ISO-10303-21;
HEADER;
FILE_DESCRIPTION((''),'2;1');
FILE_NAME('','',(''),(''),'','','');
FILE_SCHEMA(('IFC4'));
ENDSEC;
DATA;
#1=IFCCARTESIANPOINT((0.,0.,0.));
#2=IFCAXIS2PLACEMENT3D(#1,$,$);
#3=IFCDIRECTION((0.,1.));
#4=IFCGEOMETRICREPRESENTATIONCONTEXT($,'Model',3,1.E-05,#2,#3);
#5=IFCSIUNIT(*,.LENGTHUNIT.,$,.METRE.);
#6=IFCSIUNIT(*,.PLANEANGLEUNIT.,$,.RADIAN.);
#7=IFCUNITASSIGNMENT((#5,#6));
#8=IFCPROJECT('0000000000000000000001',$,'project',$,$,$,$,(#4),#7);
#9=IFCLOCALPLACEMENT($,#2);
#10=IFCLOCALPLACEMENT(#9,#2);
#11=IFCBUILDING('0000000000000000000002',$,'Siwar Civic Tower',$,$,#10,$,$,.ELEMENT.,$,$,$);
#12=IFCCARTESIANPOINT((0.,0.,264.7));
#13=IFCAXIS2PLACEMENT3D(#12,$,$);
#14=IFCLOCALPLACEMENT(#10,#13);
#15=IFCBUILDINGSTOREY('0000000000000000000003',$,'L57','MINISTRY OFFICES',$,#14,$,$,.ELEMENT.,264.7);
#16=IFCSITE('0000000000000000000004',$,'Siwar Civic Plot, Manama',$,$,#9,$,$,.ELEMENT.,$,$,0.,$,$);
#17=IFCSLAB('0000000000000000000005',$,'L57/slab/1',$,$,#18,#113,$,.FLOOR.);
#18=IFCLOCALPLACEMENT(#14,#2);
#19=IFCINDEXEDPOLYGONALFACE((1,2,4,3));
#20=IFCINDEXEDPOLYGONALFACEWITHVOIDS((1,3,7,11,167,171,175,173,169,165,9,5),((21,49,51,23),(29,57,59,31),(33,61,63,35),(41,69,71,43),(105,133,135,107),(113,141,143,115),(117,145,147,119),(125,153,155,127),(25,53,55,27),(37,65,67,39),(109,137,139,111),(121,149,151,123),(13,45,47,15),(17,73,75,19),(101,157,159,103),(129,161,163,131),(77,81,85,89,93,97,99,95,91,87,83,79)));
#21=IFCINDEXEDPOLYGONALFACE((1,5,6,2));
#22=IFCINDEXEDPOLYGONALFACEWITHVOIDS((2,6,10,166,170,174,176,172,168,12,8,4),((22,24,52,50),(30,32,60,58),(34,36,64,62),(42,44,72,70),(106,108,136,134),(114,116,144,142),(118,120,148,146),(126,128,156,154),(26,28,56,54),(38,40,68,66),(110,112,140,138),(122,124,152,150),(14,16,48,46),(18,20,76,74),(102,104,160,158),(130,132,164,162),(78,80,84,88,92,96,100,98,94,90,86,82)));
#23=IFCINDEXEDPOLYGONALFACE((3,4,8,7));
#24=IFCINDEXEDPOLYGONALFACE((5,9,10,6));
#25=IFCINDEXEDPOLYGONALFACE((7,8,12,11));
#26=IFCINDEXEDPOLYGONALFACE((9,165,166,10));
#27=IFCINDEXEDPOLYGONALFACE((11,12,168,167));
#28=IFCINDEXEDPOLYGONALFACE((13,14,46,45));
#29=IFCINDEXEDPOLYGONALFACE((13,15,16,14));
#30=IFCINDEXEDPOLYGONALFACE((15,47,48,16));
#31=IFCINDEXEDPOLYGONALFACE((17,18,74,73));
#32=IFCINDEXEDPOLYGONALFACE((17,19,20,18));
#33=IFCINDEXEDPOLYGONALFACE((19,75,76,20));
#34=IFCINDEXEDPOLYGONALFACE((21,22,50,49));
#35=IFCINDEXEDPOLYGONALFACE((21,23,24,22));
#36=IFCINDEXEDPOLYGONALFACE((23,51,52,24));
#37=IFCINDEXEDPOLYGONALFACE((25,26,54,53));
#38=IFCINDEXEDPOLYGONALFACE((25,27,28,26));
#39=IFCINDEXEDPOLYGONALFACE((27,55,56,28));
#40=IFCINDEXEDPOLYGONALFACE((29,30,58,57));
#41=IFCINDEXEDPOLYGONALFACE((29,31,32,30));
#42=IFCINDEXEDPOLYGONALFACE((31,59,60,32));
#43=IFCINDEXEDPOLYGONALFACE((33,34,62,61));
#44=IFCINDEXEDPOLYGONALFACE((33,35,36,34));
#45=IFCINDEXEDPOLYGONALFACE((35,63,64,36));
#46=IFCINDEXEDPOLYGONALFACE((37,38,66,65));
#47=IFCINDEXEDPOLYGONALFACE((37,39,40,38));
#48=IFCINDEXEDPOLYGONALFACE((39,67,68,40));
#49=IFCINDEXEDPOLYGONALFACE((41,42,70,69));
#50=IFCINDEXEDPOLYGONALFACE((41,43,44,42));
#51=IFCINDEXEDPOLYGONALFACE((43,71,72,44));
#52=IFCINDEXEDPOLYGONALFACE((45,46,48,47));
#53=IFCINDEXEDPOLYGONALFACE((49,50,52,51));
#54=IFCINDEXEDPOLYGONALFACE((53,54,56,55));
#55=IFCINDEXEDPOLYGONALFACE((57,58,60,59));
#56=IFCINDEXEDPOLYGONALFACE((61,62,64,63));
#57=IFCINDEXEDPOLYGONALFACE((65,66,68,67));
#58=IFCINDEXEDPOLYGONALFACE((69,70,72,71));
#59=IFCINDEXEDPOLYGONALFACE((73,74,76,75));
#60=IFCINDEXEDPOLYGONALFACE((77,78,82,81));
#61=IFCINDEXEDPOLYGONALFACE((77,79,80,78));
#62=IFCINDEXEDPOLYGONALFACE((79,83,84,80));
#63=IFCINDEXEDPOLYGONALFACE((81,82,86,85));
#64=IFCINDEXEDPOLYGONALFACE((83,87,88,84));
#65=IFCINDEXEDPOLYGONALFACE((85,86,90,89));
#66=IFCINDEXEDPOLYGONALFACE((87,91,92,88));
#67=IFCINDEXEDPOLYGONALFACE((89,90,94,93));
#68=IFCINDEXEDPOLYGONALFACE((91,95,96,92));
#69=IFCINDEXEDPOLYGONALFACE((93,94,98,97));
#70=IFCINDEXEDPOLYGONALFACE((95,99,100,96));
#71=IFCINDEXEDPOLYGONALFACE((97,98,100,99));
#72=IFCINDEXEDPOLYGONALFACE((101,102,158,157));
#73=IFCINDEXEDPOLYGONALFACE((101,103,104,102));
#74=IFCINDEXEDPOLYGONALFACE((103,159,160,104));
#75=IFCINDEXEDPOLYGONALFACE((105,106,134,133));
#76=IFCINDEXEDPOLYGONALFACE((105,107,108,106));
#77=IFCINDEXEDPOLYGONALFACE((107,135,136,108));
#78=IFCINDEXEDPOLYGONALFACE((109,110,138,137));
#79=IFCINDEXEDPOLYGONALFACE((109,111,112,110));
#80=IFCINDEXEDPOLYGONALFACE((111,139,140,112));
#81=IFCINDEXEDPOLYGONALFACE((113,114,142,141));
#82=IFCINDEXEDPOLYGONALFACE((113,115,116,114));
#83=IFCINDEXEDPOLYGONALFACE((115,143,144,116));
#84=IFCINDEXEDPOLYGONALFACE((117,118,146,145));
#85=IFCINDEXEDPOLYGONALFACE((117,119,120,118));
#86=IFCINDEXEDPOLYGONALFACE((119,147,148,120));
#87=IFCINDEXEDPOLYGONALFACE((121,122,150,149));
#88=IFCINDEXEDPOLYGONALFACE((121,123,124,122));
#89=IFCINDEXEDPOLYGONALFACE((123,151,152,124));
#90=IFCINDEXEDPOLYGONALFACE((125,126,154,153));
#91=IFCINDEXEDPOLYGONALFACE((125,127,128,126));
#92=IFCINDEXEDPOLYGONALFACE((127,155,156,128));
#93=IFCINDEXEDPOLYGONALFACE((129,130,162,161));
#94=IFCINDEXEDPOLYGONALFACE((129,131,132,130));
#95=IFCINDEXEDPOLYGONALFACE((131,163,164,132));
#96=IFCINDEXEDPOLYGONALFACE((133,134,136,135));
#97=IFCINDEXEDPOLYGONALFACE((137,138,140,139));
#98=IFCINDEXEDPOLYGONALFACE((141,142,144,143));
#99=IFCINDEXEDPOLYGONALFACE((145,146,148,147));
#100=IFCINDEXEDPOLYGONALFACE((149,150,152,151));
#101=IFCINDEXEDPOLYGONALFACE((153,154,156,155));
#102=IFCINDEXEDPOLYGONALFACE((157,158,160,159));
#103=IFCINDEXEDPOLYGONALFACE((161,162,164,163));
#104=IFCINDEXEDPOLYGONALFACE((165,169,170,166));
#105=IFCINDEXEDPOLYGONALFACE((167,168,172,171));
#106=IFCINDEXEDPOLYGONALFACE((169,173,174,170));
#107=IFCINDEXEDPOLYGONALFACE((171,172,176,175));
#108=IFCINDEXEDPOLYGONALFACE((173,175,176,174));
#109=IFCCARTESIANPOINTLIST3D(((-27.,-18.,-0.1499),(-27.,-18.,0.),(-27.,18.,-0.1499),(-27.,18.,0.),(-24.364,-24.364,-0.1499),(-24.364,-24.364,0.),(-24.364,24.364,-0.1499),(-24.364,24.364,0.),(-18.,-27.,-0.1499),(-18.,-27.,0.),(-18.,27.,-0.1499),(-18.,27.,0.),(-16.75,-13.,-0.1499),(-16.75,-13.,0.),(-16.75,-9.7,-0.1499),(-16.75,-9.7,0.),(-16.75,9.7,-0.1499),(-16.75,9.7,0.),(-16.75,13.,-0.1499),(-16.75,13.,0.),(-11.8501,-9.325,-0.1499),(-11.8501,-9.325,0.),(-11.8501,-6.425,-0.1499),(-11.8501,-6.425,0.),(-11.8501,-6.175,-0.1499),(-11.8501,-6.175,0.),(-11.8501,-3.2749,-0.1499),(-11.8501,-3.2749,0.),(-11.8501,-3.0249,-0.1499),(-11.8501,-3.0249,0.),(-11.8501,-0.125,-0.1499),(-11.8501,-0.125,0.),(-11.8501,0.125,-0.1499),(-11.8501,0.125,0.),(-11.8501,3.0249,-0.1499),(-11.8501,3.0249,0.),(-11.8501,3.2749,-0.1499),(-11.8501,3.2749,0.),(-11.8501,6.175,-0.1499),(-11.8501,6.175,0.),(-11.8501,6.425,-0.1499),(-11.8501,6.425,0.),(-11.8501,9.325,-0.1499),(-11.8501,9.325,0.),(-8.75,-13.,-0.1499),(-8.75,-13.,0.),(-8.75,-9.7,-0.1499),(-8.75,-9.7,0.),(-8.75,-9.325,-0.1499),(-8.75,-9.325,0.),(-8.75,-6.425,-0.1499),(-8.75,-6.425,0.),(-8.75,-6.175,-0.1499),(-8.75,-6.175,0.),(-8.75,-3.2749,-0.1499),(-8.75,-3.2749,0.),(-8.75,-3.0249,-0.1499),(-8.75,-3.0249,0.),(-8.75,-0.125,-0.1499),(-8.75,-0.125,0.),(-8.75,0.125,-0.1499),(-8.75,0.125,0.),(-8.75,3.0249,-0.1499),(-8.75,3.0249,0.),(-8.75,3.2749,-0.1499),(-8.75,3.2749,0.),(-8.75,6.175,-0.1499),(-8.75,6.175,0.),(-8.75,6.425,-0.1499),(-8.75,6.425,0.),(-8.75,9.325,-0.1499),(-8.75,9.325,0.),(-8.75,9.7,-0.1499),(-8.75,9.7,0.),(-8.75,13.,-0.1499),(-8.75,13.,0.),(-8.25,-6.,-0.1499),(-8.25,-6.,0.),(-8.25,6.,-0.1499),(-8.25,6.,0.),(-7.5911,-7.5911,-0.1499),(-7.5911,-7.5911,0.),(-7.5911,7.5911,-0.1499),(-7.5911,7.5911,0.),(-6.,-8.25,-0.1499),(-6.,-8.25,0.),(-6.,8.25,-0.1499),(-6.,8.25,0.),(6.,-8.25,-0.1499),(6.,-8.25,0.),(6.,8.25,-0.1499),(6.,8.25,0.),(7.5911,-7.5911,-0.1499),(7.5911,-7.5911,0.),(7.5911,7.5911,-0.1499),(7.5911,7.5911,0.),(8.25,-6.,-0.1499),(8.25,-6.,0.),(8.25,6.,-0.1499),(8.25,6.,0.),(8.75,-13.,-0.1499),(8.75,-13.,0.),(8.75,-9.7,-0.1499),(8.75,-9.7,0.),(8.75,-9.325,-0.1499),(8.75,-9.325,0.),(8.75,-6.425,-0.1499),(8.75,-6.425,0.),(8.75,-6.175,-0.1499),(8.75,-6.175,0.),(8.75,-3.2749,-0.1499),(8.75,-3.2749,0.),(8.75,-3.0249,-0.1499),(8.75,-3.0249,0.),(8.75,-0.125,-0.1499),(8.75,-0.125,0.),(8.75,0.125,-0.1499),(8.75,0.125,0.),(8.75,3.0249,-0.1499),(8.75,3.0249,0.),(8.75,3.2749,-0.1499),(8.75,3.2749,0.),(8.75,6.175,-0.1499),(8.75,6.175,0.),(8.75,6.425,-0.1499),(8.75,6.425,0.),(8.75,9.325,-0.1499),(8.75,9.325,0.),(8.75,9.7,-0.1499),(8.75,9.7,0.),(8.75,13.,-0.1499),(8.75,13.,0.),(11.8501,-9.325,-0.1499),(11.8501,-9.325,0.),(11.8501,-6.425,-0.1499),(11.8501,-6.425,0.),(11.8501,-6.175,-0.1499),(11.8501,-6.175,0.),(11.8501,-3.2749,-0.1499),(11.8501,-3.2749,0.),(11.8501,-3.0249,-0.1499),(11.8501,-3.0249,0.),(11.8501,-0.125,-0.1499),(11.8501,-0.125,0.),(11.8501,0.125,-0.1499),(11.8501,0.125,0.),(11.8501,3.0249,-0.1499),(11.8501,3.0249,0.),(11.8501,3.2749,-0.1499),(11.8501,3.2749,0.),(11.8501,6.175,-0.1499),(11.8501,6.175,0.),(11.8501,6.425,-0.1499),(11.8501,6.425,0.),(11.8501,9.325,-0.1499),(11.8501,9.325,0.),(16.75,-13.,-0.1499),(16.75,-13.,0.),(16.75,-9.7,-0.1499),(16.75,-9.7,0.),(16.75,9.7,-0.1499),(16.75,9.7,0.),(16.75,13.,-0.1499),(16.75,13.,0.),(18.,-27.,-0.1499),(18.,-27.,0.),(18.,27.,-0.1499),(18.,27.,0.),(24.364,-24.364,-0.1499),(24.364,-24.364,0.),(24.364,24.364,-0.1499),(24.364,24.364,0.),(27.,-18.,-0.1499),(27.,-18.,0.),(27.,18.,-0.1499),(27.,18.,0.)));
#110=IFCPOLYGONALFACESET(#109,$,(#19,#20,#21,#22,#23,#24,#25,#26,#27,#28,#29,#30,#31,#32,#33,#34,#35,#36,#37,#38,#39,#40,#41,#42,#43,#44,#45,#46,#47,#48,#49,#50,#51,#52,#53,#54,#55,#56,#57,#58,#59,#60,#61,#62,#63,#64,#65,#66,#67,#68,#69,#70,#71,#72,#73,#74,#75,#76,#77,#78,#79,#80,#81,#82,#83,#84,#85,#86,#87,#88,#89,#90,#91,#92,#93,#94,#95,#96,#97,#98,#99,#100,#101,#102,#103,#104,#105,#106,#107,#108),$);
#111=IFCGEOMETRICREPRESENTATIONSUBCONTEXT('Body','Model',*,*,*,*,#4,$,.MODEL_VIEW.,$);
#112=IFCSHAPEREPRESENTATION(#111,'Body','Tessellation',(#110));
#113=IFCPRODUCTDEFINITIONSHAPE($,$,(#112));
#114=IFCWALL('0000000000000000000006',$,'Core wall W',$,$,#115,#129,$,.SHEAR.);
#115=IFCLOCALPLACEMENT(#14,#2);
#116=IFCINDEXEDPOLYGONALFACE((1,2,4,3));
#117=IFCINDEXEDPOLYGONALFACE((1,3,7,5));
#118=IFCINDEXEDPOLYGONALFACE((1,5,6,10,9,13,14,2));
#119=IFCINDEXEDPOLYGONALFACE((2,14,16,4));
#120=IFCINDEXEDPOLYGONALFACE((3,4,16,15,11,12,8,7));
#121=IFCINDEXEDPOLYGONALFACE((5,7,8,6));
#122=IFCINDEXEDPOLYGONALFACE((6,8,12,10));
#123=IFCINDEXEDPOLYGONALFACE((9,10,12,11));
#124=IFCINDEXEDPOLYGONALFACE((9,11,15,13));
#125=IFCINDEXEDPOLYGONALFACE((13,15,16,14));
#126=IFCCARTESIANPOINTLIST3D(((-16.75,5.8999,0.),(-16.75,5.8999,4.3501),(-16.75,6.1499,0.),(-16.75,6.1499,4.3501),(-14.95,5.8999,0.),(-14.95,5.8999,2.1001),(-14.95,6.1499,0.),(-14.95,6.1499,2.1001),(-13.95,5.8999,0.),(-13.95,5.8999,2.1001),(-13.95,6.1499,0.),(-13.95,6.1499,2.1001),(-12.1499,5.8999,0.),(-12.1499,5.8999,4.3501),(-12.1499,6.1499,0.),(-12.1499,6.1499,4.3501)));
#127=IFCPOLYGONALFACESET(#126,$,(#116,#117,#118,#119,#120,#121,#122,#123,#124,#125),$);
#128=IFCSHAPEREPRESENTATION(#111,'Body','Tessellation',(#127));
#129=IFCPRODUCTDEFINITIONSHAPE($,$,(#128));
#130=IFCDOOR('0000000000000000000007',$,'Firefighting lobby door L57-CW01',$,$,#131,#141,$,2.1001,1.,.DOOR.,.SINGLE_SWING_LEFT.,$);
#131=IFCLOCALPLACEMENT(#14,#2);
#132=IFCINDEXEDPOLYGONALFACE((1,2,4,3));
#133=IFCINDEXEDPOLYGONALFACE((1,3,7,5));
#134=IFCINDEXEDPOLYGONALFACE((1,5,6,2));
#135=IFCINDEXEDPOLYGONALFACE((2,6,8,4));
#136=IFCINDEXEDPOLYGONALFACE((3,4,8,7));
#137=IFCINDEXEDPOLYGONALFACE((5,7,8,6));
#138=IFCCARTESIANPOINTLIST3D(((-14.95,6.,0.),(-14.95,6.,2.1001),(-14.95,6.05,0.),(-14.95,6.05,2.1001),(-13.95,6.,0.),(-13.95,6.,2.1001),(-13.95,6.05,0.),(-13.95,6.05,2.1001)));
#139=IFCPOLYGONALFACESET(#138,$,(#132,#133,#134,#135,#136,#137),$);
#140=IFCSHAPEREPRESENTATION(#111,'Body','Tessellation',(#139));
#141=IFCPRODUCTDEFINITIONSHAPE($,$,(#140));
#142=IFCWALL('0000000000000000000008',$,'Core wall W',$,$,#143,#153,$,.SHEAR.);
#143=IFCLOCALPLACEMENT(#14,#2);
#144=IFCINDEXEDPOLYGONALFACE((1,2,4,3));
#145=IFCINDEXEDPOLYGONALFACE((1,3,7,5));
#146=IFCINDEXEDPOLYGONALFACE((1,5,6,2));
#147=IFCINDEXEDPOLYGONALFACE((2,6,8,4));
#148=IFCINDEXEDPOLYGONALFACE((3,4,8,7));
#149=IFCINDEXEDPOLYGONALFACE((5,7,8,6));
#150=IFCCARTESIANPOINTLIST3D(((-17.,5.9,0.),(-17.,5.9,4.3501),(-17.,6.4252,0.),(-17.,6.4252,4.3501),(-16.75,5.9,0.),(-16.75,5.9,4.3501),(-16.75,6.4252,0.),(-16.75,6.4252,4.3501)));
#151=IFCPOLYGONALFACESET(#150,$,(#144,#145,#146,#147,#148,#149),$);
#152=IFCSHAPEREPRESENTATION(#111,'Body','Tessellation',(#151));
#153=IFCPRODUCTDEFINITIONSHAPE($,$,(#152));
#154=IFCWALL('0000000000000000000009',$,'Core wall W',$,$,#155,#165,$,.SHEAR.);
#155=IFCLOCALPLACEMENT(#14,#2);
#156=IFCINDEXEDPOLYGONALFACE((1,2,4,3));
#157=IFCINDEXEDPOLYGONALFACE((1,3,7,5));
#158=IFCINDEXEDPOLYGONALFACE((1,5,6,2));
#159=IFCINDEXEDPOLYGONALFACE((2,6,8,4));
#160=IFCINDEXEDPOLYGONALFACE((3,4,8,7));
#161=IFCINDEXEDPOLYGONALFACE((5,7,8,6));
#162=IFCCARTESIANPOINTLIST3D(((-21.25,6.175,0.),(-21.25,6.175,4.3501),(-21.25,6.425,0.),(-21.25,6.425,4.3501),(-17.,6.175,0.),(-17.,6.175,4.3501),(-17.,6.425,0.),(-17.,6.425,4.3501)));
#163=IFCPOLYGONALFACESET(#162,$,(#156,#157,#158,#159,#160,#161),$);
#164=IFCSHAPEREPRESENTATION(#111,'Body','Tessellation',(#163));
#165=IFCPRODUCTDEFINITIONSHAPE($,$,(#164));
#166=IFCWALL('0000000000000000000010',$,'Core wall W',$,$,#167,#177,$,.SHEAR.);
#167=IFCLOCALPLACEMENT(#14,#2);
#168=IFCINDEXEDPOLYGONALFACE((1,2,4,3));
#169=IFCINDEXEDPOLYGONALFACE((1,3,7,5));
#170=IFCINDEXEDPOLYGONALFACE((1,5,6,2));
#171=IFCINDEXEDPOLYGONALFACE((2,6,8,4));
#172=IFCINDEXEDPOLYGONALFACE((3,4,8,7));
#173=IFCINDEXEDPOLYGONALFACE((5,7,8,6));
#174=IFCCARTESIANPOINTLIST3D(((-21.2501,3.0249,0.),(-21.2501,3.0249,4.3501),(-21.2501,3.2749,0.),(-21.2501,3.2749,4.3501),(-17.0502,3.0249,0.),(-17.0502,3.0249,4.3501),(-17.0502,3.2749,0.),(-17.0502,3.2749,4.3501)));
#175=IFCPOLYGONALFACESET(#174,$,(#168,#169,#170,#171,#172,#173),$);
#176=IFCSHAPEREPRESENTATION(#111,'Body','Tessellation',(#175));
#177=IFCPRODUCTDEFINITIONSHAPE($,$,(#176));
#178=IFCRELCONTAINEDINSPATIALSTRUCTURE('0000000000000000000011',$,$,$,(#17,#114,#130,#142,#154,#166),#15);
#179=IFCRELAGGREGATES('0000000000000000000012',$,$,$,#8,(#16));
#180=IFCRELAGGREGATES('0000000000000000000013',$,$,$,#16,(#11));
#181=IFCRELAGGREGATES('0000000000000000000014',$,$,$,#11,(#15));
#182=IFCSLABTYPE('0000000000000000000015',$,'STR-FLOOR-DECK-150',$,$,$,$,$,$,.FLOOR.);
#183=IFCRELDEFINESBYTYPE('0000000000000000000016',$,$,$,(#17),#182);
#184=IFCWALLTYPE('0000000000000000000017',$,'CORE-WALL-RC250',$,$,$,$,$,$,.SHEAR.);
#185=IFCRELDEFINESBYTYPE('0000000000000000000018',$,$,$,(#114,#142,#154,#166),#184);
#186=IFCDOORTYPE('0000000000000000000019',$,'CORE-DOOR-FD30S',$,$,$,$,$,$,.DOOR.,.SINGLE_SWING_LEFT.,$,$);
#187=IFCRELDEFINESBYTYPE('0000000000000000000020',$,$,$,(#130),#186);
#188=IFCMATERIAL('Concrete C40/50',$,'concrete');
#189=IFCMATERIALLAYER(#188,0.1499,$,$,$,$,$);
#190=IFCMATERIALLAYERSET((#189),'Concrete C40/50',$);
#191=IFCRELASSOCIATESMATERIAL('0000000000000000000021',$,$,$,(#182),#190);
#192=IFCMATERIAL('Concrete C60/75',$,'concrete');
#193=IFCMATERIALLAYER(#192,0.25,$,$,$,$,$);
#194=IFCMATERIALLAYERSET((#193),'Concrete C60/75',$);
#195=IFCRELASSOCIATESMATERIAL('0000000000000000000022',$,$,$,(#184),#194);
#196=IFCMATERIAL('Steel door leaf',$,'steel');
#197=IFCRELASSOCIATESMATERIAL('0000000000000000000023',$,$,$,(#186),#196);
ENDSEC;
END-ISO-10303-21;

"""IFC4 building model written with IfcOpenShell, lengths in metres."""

from ifc_helpers import new_model, si_unit, direction, frame, frame_2d, origin, place, context, subcontext, project, spatial, polyline, rectangle, outline, extrude, material, layer, layer_set, type_object, element, fill, save


model = new_model("IFC4")

# Units and contexts
model_context = context("Model", 3, precision=1e-05, world=origin(), true_north=direction((0.0, 1.0)))
body_context = subcontext(model_context, "Body", "Model", "MODEL_VIEW")
ifc_project = project(units=[si_unit("LENGTHUNIT", "METRE"), si_unit("PLANEANGLEUNIT", "RADIAN")], contexts=[model_context])

# Site, building, storey
site_placement = place(None, origin())
site = spatial("IfcSite", under=ifc_project, at=site_placement, Name="Siwar Civic Plot, Manama", CompositionType="ELEMENT", RefElevation=0.0)
building_placement = place(site_placement, origin())
building = spatial("IfcBuilding", under=site, at=building_placement, Name="Siwar Civic Tower", CompositionType="ELEMENT")
storey_placement = place(building_placement, frame((0.0, 0.0, 264.7)))
storey = spatial("IfcBuildingStorey", under=building, at=storey_placement, Name="L57", Description="MINISTRY OFFICES", CompositionType="ELEMENT", Elevation=264.7)

# Slab
ifc_material_1 = material(Name="Concrete C40/50", Category="concrete")
ifc_layer_1 = layer(ifc_material_1, 0.1499)
ifc_layer_set_1 = layer_set([ifc_layer_1], Name="Concrete C40/50")
slab_type_1 = type_object("IfcSlabType", Name="STR-FLOOR-DECK-150", PredefinedType="FLOOR", material=ifc_layer_set_1)
slab_1_placement = place(storey_placement, frame((0.0, 0.0, -0.1499)))
element("IfcSlab", 1, at=slab_1_placement, inside=storey, type_object=slab_type_1, Name="L57/slab/1", PredefinedType="FLOOR", context=body_context, shape_type="SweptSolid", body=[
    extrude(outline(polyline([(-18.0, -27.0), (18.0, -27.0), (24.364, -24.364), (27.0, -18.0), (27.0, 18.0), (24.364, 24.364), (18.0, 27.0), (-18.0, 27.0), (-24.364, 24.364), (-27.0, 18.0), (-27.0, -18.0), (-24.364, -24.364), (-18.0, -27.0)]), holes=[polyline([(16.75, 13.0), (16.75, 9.7), (8.75, 9.7), (8.75, 13.0), (16.75, 13.0)]), polyline([(8.75, -9.7), (16.75, -9.7), (16.75, -13.0), (8.75, -13.0), (8.75, -9.7)]), polyline([(11.8501, 9.325), (11.8501, 6.425), (8.75, 6.425), (8.75, 9.325), (11.8501, 9.325)]), polyline([(8.75, 6.175), (11.8501, 6.175), (11.8501, 3.2749), (8.75, 3.2749), (8.75, 6.175)]), polyline([(8.75, 3.0249), (11.8501, 3.0249), (11.8501, 0.125), (8.75, 0.125), (8.75, 3.0249)]), polyline([(8.75, -0.125), (11.8501, -0.125), (11.8501, -3.0249), (8.75, -3.0249), (8.75, -0.125)]), polyline([(8.75, -3.2749), (11.8501, -3.2749), (11.8501, -6.175), (8.75, -6.175), (8.75, -3.2749)]), polyline([(8.75, -6.425), (11.8501, -6.425), (11.8501, -9.325), (8.75, -9.325), (8.75, -6.425)]), polyline([(-6.0, 8.25), (6.0, 8.25), (7.5911, 7.5911), (8.25, 6.0), (8.25, -6.0), (7.5911, -7.5911), (6.0, -8.25), (-6.0, -8.25), (-7.5911, -7.5911), (-8.25, -6.0), (-8.25, 6.0), (-7.5911, 7.5911), (-6.0, 8.25)]), polyline([(-8.75, -13.0), (-16.75, -13.0), (-16.75, -9.7), (-8.75, -9.7), (-8.75, -13.0)]), polyline([(-8.75, 9.7), (-16.75, 9.7), (-16.75, 13.0), (-8.75, 13.0), (-8.75, 9.7)]), polyline([(-8.75, 6.425), (-11.8501, 6.425), (-11.8501, 9.325), (-8.75, 9.325), (-8.75, 6.425)]), polyline([(-8.75, 3.2749), (-11.8501, 3.2749), (-11.8501, 6.175), (-8.75, 6.175), (-8.75, 3.2749)]), polyline([(-8.75, 0.125), (-11.8501, 0.125), (-11.8501, 3.0249), (-8.75, 3.0249), (-8.75, 0.125)]), polyline([(-8.75, -3.0249), (-11.8501, -3.0249), (-11.8501, -0.125), (-8.75, -0.125), (-8.75, -3.0249)]), polyline([(-8.75, -6.175), (-11.8501, -6.175), (-11.8501, -3.2749), (-8.75, -3.2749), (-8.75, -6.175)]), polyline([(-8.75, -9.325), (-11.8501, -9.325), (-11.8501, -6.425), (-8.75, -6.425), (-8.75, -9.325)])]), origin(), (0.0, 0.0, 1.0), 0.1499),
])

# Wall, opening, door
ifc_material_2 = material(Name="Concrete C60/75", Category="concrete")
ifc_layer_2 = layer(ifc_material_2, 0.25)
ifc_layer_set_2 = layer_set([ifc_layer_2], Name="Concrete C60/75")
wall_type_1 = type_object("IfcWallType", Name="CORE-WALL-RC250", PredefinedType="SHEAR", material=ifc_layer_set_2)
wall_1_placement = place(storey_placement, frame((-12.1499, 6.0249, 0.0), z_axis=(0.0, 0.0, 1.0), x_axis=(-1.0, 0.0, 0.0)))
wall_1 = element("IfcWall", 2, at=wall_1_placement, inside=storey, type_object=wall_type_1, Name="Core wall W", PredefinedType="SHEAR", context=body_context, shape_type="SweptSolid", body=[
    extrude(rectangle(XDim=4.6001, YDim=0.25, at=frame_2d((2.3, 0.0))), origin(), (0.0, 0.0, 1.0), 4.3501),
])
opening_1_placement = place(wall_1_placement, frame((1.8, 0.0, 0.0)))
opening_1 = element("IfcOpeningElement", 3, at=opening_1_placement, cuts=wall_1, PredefinedType="OPENING", context=body_context, shape_type="SweptSolid", body=[
    extrude(rectangle(XDim=1.0, YDim=2.1001, at=frame_2d((0.5, 1.05))), frame((0.0, 0.135, 0.0), z_axis=(0.0, -1.0, 0.0), x_axis=(1.0, 0.0, 0.0)), (0.0, 0.0, 1.0), 0.27),
])
ifc_material_3 = material(Name="Steel door leaf", Category="steel")
door_type_1 = type_object("IfcDoorType", Name="CORE-DOOR-FD30S", OperationType="SINGLE_SWING_LEFT", PredefinedType="DOOR", material=ifc_material_3)
door_1_placement = place(opening_1_placement, origin())
door_1 = element("IfcDoor", 4, at=door_1_placement, inside=storey, type_object=door_type_1, Name="Firefighting lobby door L57-CW01", OperationType="SINGLE_SWING_LEFT", OverallHeight=2.1001, OverallWidth=1.0, PredefinedType="DOOR", context=body_context, shape_type="SweptSolid", body=[
    extrude(rectangle(XDim=1.0, YDim=2.1001, at=frame_2d((0.5, 1.05))), frame((0.0, 0.0249, 0.0), z_axis=(0.0, -1.0, 0.0), x_axis=(1.0, 0.0, 0.0)), (0.0, 0.0, 1.0), 0.05),
])
fill(opening_1, door_1)

# Walls
wall_2_placement = place(storey_placement, frame((-16.875, 5.8999, 0.0), z_axis=(0.0, 0.0, 1.0), x_axis=(0.0, 1.0, 0.0)))
element("IfcWall", 5, at=wall_2_placement, inside=storey, type_object=wall_type_1, Name="Core wall W", PredefinedType="SHEAR", context=body_context, shape_type="SweptSolid", body=[
    extrude(rectangle(XDim=0.5251, YDim=0.25, at=frame_2d((0.2627, 0.0))), origin(), (0.0, 0.0, 1.0), 4.3501),
])
wall_3_placement = place(storey_placement, frame((-17.0, 6.3, 0.0), z_axis=(0.0, 0.0, 1.0), x_axis=(-1.0, 0.0, 0.0)))
element("IfcWall", 6, at=wall_3_placement, inside=storey, type_object=wall_type_1, Name="Core wall W", PredefinedType="SHEAR", context=body_context, shape_type="SweptSolid", body=[
    extrude(rectangle(XDim=4.25, YDim=0.25, at=frame_2d((2.125, 0.0))), origin(), (0.0, 0.0, 1.0), 4.3501),
])
wall_4_placement = place(storey_placement, frame((-17.05, 3.1499, 0.0), z_axis=(0.0, 0.0, 1.0), x_axis=(-1.0, 0.0, 0.0)))
element("IfcWall", 7, at=wall_4_placement, inside=storey, type_object=wall_type_1, Name="Core wall W", PredefinedType="SHEAR", context=body_context, shape_type="SweptSolid", body=[
    extrude(rectangle(XDim=4.2, YDim=0.25, at=frame_2d((2.1001, 0.0))), origin(), (0.0, 0.0, 1.0), 4.3501),
])

save(model, "model.ifc")
